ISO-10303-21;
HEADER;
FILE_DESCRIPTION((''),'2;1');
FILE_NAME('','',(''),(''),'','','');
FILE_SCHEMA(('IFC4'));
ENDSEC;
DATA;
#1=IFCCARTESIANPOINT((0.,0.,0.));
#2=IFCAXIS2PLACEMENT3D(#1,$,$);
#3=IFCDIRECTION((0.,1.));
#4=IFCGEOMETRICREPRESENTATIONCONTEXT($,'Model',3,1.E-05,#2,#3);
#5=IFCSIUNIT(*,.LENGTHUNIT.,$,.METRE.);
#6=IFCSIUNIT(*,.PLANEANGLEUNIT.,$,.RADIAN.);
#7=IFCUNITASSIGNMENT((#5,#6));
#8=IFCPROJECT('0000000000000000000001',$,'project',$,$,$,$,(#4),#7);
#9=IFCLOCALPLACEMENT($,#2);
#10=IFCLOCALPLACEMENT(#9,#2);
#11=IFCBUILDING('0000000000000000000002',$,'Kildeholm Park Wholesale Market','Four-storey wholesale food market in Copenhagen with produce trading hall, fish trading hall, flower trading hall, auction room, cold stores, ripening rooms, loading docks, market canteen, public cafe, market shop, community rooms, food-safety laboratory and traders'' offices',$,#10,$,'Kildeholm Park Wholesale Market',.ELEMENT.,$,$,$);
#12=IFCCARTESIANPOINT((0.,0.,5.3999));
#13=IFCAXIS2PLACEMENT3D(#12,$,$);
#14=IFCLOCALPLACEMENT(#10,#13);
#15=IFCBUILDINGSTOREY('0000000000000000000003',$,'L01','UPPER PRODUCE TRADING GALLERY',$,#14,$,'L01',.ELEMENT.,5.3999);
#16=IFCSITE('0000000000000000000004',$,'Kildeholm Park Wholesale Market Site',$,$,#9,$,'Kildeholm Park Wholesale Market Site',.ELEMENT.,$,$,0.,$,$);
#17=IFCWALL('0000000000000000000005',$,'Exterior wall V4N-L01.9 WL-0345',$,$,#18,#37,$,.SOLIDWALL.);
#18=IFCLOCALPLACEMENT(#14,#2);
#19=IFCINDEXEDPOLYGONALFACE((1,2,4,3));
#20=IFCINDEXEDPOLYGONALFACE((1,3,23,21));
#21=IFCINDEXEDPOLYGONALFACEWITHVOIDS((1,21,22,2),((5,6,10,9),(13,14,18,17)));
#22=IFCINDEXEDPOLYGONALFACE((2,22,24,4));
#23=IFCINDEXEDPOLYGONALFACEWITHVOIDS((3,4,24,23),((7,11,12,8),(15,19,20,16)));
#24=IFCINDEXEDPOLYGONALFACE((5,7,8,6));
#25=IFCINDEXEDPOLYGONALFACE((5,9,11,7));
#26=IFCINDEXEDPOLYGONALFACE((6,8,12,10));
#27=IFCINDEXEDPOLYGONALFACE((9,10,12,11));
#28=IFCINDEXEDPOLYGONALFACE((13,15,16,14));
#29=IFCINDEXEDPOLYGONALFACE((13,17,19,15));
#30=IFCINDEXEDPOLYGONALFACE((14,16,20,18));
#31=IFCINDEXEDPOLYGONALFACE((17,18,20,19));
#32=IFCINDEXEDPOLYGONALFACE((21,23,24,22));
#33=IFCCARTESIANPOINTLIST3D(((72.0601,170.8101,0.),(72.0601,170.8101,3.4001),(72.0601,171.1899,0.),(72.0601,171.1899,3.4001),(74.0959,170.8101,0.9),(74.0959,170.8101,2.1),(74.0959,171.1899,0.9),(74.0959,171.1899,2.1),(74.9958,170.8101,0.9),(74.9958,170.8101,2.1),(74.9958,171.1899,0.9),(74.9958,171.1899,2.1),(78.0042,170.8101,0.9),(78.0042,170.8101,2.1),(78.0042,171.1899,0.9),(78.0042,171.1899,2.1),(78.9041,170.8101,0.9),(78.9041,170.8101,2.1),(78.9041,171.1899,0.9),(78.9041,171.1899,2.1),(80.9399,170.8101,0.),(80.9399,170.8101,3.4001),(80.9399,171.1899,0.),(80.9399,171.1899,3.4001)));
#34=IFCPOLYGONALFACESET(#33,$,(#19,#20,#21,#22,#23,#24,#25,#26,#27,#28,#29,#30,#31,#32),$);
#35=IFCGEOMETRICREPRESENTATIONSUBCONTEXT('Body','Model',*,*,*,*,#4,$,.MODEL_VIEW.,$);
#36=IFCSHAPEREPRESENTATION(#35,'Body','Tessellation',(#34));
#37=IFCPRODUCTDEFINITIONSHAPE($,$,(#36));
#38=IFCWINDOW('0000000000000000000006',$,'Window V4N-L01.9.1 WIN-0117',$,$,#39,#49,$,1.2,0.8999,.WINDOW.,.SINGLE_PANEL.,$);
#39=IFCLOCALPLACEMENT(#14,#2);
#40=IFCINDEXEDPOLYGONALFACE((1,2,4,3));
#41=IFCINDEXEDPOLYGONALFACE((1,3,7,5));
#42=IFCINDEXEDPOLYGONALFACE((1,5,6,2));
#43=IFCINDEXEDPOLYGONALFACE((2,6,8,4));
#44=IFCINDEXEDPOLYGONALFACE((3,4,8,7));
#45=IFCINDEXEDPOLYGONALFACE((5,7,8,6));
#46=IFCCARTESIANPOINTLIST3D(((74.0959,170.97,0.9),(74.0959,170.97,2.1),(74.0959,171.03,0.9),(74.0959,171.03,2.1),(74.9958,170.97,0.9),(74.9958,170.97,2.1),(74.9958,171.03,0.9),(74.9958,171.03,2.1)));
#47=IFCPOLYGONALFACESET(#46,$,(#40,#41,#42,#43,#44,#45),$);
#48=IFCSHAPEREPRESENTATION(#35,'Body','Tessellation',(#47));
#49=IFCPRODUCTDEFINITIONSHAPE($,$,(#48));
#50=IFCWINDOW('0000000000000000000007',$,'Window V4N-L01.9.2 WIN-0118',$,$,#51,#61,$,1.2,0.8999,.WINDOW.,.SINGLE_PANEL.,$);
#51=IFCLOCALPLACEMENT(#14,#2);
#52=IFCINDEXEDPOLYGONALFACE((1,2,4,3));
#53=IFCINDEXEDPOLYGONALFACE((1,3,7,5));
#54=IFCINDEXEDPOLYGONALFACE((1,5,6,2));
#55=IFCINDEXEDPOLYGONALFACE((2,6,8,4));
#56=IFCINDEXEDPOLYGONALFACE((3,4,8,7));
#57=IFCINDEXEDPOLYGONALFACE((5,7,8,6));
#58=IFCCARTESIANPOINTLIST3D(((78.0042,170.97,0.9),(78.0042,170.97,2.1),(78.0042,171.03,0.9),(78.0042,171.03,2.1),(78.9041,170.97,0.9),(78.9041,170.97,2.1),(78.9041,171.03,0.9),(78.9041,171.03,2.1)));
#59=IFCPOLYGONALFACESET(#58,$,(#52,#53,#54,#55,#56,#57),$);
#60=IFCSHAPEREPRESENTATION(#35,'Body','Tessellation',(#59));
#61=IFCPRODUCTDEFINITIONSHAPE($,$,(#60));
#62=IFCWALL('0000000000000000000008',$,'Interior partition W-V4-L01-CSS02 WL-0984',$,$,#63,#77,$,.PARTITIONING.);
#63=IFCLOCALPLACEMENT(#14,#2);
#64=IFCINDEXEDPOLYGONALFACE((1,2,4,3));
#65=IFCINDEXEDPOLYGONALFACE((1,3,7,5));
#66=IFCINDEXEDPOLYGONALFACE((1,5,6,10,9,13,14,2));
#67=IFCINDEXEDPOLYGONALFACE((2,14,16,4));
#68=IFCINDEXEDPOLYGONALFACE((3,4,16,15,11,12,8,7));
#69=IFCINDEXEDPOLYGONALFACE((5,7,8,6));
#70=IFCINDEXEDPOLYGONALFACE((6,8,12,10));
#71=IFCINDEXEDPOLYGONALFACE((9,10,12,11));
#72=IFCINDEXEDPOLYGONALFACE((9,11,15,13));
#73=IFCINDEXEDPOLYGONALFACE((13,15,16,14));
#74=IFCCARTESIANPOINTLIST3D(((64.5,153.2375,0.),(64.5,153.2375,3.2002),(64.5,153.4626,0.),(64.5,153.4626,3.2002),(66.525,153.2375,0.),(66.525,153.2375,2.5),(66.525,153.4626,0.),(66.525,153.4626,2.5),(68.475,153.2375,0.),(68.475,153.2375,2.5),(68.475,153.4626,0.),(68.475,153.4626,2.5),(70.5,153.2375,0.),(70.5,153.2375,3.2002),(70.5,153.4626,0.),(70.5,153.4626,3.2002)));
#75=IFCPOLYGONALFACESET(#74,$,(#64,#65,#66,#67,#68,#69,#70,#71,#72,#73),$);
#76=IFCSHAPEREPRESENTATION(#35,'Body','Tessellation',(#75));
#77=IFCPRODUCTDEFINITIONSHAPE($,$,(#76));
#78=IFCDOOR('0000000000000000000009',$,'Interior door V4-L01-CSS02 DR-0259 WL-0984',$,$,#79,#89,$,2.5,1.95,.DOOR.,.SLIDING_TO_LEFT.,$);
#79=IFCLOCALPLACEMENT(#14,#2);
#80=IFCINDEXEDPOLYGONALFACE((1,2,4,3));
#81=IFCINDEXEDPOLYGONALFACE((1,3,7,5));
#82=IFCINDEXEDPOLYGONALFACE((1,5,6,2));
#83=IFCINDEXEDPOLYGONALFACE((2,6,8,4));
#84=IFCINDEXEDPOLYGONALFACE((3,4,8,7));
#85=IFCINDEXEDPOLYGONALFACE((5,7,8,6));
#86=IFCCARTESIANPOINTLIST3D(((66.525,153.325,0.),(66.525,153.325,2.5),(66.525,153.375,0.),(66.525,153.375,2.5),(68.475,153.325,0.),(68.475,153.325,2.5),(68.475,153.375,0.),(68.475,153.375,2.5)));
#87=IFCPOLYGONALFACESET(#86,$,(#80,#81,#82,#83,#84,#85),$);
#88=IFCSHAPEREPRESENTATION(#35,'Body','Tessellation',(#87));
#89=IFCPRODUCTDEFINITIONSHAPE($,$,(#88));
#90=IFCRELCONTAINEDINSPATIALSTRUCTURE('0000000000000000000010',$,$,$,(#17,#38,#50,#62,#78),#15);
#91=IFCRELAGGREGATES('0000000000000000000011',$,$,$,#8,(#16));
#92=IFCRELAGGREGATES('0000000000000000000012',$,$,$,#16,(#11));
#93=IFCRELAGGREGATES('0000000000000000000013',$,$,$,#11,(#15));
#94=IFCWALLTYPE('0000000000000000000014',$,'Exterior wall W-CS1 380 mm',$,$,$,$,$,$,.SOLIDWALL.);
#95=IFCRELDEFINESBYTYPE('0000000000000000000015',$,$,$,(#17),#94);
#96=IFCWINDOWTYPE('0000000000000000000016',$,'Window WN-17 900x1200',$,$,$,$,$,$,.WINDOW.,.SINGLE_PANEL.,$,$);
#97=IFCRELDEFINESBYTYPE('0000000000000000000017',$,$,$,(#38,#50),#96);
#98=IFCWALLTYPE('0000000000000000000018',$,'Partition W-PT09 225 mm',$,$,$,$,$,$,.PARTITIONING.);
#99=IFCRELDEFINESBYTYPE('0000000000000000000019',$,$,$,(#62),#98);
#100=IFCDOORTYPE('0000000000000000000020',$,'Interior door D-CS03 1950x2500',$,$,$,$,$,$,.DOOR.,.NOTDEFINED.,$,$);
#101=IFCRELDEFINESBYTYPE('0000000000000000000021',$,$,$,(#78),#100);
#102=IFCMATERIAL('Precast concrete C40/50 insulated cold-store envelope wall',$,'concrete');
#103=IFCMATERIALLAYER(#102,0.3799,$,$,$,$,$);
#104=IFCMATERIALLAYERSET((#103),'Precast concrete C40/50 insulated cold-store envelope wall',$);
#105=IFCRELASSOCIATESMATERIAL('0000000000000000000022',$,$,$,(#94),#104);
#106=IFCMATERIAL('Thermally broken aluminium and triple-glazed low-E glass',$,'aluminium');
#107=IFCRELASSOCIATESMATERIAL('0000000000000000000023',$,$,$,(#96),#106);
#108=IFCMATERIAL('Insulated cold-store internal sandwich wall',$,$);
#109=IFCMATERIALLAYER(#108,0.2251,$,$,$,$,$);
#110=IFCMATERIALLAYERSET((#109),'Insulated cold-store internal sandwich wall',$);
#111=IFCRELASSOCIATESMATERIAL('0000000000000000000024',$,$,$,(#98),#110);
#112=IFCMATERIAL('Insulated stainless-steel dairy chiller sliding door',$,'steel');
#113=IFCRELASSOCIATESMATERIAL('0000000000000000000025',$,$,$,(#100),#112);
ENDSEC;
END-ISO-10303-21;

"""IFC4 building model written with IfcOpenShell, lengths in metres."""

from ifc_helpers import new_model, si_unit, direction, frame, frame_2d, origin, place, context, subcontext, project, spatial, rectangle, extrude, material, layer, layer_set, type_object, element, fill, save


model = new_model("IFC4")

# Units and contexts
model_context = context("Model", 3, precision=1e-05, world=origin(), true_north=direction((0.0, 1.0)))
body_context = subcontext(model_context, "Body", "Model", "MODEL_VIEW")
ifc_project = project(units=[si_unit("LENGTHUNIT", "METRE"), si_unit("PLANEANGLEUNIT", "RADIAN")], contexts=[model_context])

# Site, building, storey
site_placement = place(None, origin())
site = spatial("IfcSite", under=ifc_project, at=site_placement, Name="Kildeholm Park Wholesale Market Site", LongName="Kildeholm Park Wholesale Market Site", CompositionType="ELEMENT", RefElevation=0.0)
building_placement = place(site_placement, origin())
building = spatial("IfcBuilding", under=site, at=building_placement, Name="Kildeholm Park Wholesale Market", Description="Four-storey wholesale food market in Copenhagen with produce trading hall, fish trading hall, flower trading hall, auction room, cold stores, ripening rooms, loading docks, market canteen, public cafe, market shop, community rooms, food-safety laboratory and traders' offices", LongName="Kildeholm Park Wholesale Market", CompositionType="ELEMENT")
storey_placement = place(building_placement, frame((0.0, 0.0, 5.3999)))
storey = spatial("IfcBuildingStorey", under=building, at=storey_placement, Name="L01", Description="UPPER PRODUCE TRADING GALLERY", LongName="L01", CompositionType="ELEMENT", Elevation=5.3999)

# Wall, openings, windows
ifc_material_1 = material(Name="Precast concrete C40/50 insulated cold-store envelope wall", Category="concrete")
ifc_layer_1 = layer(ifc_material_1, 0.3799)
ifc_layer_set_1 = layer_set([ifc_layer_1], Name="Precast concrete C40/50 insulated cold-store envelope wall")
wall_type_1 = type_object("IfcWallType", Name="Exterior wall W-CS1 380 mm", PredefinedType="SOLIDWALL", material=ifc_layer_set_1)
ifc_material_2 = material(Name="Thermally broken aluminium and triple-glazed low-E glass", Category="aluminium")
wall_1_placement = place(storey_placement, frame((72.0601, 171.0, 0.0), z_axis=(0.0, 0.0, 1.0), x_axis=(1.0, 0.0, 0.0)))
wall_1 = element("IfcWall", 1, at=wall_1_placement, inside=storey, type_object=wall_type_1, Name="Exterior wall V4N-L01.9 WL-0345", PredefinedType="SOLIDWALL", context=body_context, shape_type="SweptSolid", body=[
    extrude(rectangle(XDim=8.8799, YDim=0.3799, at=frame_2d((4.4399, 0.0))), origin(), (0.0, 0.0, 1.0), 3.4001),
])
opening_1_placement = place(wall_1_placement, frame((2.0359, 0.0, 0.8999)))
opening_1 = element("IfcOpeningElement", 2, at=opening_1_placement, cuts=wall_1, PredefinedType="OPENING", context=body_context, shape_type="SweptSolid", body=[
    extrude(rectangle(XDim=0.8999, YDim=1.2, at=frame_2d((0.45, 0.6001))), frame((0.0, 0.2, 0.0), z_axis=(0.0, -1.0, 0.0), x_axis=(1.0, 0.0, 0.0)), (0.0, 0.0, 1.0), 0.3999),
])
opening_2_placement = place(wall_1_placement, frame((5.9441, 0.0, 0.8999)))
opening_2 = element("IfcOpeningElement", 3, at=opening_2_placement, cuts=wall_1, PredefinedType="OPENING", context=body_context, shape_type="SweptSolid", body=[
    extrude(rectangle(XDim=0.8999, YDim=1.2, at=frame_2d((0.45, 0.6001))), frame((0.0, 0.2, 0.0), z_axis=(0.0, -1.0, 0.0), x_axis=(1.0, 0.0, 0.0)), (0.0, 0.0, 1.0), 0.3999),
])
window_type_1 = type_object("IfcWindowType", Name="Window WN-17 900x1200", PartitioningType="SINGLE_PANEL", PredefinedType="WINDOW", material=ifc_material_2)
window_1_placement = place(opening_1_placement, origin())
window_1 = element("IfcWindow", 4, at=window_1_placement, inside=storey, type_object=window_type_1, Name="Window V4N-L01.9.1 WIN-0117", OverallHeight=1.2, OverallWidth=0.8999, PartitioningType="SINGLE_PANEL", PredefinedType="WINDOW", context=body_context, shape_type="SweptSolid", body=[
    extrude(rectangle(XDim=0.8999, YDim=1.2, at=frame_2d((0.45, 0.6001))), frame((0.0, 0.03, 0.0), z_axis=(0.0, -1.0, 0.0), x_axis=(1.0, 0.0, 0.0)), (0.0, 0.0, 1.0), 0.0601),
])
fill(opening_1, window_1)
window_2_placement = place(opening_2_placement, origin())
window_2 = element("IfcWindow", 5, at=window_2_placement, inside=storey, type_object=window_type_1, Name="Window V4N-L01.9.2 WIN-0118", OverallHeight=1.2, OverallWidth=0.8999, PartitioningType="SINGLE_PANEL", PredefinedType="WINDOW", context=body_context, shape_type="SweptSolid", body=[
    extrude(rectangle(XDim=0.8999, YDim=1.2, at=frame_2d((0.45, 0.6001))), frame((0.0, 0.03, 0.0), z_axis=(0.0, -1.0, 0.0), x_axis=(1.0, 0.0, 0.0)), (0.0, 0.0, 1.0), 0.0601),
])
fill(opening_2, window_2)

# Wall, opening, door
ifc_material_3 = material(Name="Insulated cold-store internal sandwich wall")
ifc_layer_2 = layer(ifc_material_3, 0.2251)
ifc_layer_set_2 = layer_set([ifc_layer_2], Name="Insulated cold-store internal sandwich wall")
wall_type_2 = type_object("IfcWallType", Name="Partition W-PT09 225 mm", PredefinedType="PARTITIONING", material=ifc_layer_set_2)
wall_2_placement = place(storey_placement, frame((64.5, 153.3501, 0.0), z_axis=(0.0, 0.0, 1.0), x_axis=(1.0, 0.0, 0.0)))
wall_2 = element("IfcWall", 6, at=wall_2_placement, inside=storey, type_object=wall_type_2, Name="Interior partition W-V4-L01-CSS02 WL-0984", PredefinedType="PARTITIONING", context=body_context, shape_type="SweptSolid", body=[
    extrude(rectangle(XDim=6.0, YDim=0.2251, at=frame_2d((3.0, 0.0))), origin(), (0.0, 0.0, 1.0), 3.2002),
])
opening_3_placement = place(wall_2_placement, frame((2.0249, 0.0, 0.0)))
opening_3 = element("IfcOpeningElement", 7, at=opening_3_placement, cuts=wall_2, PredefinedType="OPENING", context=body_context, shape_type="SweptSolid", body=[
    extrude(rectangle(XDim=1.95, YDim=2.5, at=frame_2d((0.9751, 1.25))), frame((0.0, 0.1226, 0.0), z_axis=(0.0, -1.0, 0.0), x_axis=(1.0, 0.0, 0.0)), (0.0, 0.0, 1.0), 0.2451),
])
ifc_material_4 = material(Name="Insulated stainless-steel dairy chiller sliding door", Category="steel")
door_type = type_object("IfcDoorType", Name="Interior door D-CS03 1950x2500", OperationType="NOTDEFINED", PredefinedType="DOOR", material=ifc_material_4)
door_placement = place(opening_3_placement, origin())
door = element("IfcDoor", 8, at=door_placement, inside=storey, type_object=door_type, Name="Interior door V4-L01-CSS02 DR-0259 WL-0984", OperationType="SLIDING_TO_LEFT", OverallHeight=2.5, OverallWidth=1.95, PredefinedType="DOOR", context=body_context, shape_type="SweptSolid", body=[
    extrude(rectangle(XDim=1.95, YDim=2.5, at=frame_2d((0.9751, 1.25))), frame((0.0, 0.0249, 0.0), z_axis=(0.0, -1.0, 0.0), x_axis=(1.0, 0.0, 0.0)), (0.0, 0.0, 1.0), 0.05),
])
fill(opening_3, door)

save(model, "model.ifc")
